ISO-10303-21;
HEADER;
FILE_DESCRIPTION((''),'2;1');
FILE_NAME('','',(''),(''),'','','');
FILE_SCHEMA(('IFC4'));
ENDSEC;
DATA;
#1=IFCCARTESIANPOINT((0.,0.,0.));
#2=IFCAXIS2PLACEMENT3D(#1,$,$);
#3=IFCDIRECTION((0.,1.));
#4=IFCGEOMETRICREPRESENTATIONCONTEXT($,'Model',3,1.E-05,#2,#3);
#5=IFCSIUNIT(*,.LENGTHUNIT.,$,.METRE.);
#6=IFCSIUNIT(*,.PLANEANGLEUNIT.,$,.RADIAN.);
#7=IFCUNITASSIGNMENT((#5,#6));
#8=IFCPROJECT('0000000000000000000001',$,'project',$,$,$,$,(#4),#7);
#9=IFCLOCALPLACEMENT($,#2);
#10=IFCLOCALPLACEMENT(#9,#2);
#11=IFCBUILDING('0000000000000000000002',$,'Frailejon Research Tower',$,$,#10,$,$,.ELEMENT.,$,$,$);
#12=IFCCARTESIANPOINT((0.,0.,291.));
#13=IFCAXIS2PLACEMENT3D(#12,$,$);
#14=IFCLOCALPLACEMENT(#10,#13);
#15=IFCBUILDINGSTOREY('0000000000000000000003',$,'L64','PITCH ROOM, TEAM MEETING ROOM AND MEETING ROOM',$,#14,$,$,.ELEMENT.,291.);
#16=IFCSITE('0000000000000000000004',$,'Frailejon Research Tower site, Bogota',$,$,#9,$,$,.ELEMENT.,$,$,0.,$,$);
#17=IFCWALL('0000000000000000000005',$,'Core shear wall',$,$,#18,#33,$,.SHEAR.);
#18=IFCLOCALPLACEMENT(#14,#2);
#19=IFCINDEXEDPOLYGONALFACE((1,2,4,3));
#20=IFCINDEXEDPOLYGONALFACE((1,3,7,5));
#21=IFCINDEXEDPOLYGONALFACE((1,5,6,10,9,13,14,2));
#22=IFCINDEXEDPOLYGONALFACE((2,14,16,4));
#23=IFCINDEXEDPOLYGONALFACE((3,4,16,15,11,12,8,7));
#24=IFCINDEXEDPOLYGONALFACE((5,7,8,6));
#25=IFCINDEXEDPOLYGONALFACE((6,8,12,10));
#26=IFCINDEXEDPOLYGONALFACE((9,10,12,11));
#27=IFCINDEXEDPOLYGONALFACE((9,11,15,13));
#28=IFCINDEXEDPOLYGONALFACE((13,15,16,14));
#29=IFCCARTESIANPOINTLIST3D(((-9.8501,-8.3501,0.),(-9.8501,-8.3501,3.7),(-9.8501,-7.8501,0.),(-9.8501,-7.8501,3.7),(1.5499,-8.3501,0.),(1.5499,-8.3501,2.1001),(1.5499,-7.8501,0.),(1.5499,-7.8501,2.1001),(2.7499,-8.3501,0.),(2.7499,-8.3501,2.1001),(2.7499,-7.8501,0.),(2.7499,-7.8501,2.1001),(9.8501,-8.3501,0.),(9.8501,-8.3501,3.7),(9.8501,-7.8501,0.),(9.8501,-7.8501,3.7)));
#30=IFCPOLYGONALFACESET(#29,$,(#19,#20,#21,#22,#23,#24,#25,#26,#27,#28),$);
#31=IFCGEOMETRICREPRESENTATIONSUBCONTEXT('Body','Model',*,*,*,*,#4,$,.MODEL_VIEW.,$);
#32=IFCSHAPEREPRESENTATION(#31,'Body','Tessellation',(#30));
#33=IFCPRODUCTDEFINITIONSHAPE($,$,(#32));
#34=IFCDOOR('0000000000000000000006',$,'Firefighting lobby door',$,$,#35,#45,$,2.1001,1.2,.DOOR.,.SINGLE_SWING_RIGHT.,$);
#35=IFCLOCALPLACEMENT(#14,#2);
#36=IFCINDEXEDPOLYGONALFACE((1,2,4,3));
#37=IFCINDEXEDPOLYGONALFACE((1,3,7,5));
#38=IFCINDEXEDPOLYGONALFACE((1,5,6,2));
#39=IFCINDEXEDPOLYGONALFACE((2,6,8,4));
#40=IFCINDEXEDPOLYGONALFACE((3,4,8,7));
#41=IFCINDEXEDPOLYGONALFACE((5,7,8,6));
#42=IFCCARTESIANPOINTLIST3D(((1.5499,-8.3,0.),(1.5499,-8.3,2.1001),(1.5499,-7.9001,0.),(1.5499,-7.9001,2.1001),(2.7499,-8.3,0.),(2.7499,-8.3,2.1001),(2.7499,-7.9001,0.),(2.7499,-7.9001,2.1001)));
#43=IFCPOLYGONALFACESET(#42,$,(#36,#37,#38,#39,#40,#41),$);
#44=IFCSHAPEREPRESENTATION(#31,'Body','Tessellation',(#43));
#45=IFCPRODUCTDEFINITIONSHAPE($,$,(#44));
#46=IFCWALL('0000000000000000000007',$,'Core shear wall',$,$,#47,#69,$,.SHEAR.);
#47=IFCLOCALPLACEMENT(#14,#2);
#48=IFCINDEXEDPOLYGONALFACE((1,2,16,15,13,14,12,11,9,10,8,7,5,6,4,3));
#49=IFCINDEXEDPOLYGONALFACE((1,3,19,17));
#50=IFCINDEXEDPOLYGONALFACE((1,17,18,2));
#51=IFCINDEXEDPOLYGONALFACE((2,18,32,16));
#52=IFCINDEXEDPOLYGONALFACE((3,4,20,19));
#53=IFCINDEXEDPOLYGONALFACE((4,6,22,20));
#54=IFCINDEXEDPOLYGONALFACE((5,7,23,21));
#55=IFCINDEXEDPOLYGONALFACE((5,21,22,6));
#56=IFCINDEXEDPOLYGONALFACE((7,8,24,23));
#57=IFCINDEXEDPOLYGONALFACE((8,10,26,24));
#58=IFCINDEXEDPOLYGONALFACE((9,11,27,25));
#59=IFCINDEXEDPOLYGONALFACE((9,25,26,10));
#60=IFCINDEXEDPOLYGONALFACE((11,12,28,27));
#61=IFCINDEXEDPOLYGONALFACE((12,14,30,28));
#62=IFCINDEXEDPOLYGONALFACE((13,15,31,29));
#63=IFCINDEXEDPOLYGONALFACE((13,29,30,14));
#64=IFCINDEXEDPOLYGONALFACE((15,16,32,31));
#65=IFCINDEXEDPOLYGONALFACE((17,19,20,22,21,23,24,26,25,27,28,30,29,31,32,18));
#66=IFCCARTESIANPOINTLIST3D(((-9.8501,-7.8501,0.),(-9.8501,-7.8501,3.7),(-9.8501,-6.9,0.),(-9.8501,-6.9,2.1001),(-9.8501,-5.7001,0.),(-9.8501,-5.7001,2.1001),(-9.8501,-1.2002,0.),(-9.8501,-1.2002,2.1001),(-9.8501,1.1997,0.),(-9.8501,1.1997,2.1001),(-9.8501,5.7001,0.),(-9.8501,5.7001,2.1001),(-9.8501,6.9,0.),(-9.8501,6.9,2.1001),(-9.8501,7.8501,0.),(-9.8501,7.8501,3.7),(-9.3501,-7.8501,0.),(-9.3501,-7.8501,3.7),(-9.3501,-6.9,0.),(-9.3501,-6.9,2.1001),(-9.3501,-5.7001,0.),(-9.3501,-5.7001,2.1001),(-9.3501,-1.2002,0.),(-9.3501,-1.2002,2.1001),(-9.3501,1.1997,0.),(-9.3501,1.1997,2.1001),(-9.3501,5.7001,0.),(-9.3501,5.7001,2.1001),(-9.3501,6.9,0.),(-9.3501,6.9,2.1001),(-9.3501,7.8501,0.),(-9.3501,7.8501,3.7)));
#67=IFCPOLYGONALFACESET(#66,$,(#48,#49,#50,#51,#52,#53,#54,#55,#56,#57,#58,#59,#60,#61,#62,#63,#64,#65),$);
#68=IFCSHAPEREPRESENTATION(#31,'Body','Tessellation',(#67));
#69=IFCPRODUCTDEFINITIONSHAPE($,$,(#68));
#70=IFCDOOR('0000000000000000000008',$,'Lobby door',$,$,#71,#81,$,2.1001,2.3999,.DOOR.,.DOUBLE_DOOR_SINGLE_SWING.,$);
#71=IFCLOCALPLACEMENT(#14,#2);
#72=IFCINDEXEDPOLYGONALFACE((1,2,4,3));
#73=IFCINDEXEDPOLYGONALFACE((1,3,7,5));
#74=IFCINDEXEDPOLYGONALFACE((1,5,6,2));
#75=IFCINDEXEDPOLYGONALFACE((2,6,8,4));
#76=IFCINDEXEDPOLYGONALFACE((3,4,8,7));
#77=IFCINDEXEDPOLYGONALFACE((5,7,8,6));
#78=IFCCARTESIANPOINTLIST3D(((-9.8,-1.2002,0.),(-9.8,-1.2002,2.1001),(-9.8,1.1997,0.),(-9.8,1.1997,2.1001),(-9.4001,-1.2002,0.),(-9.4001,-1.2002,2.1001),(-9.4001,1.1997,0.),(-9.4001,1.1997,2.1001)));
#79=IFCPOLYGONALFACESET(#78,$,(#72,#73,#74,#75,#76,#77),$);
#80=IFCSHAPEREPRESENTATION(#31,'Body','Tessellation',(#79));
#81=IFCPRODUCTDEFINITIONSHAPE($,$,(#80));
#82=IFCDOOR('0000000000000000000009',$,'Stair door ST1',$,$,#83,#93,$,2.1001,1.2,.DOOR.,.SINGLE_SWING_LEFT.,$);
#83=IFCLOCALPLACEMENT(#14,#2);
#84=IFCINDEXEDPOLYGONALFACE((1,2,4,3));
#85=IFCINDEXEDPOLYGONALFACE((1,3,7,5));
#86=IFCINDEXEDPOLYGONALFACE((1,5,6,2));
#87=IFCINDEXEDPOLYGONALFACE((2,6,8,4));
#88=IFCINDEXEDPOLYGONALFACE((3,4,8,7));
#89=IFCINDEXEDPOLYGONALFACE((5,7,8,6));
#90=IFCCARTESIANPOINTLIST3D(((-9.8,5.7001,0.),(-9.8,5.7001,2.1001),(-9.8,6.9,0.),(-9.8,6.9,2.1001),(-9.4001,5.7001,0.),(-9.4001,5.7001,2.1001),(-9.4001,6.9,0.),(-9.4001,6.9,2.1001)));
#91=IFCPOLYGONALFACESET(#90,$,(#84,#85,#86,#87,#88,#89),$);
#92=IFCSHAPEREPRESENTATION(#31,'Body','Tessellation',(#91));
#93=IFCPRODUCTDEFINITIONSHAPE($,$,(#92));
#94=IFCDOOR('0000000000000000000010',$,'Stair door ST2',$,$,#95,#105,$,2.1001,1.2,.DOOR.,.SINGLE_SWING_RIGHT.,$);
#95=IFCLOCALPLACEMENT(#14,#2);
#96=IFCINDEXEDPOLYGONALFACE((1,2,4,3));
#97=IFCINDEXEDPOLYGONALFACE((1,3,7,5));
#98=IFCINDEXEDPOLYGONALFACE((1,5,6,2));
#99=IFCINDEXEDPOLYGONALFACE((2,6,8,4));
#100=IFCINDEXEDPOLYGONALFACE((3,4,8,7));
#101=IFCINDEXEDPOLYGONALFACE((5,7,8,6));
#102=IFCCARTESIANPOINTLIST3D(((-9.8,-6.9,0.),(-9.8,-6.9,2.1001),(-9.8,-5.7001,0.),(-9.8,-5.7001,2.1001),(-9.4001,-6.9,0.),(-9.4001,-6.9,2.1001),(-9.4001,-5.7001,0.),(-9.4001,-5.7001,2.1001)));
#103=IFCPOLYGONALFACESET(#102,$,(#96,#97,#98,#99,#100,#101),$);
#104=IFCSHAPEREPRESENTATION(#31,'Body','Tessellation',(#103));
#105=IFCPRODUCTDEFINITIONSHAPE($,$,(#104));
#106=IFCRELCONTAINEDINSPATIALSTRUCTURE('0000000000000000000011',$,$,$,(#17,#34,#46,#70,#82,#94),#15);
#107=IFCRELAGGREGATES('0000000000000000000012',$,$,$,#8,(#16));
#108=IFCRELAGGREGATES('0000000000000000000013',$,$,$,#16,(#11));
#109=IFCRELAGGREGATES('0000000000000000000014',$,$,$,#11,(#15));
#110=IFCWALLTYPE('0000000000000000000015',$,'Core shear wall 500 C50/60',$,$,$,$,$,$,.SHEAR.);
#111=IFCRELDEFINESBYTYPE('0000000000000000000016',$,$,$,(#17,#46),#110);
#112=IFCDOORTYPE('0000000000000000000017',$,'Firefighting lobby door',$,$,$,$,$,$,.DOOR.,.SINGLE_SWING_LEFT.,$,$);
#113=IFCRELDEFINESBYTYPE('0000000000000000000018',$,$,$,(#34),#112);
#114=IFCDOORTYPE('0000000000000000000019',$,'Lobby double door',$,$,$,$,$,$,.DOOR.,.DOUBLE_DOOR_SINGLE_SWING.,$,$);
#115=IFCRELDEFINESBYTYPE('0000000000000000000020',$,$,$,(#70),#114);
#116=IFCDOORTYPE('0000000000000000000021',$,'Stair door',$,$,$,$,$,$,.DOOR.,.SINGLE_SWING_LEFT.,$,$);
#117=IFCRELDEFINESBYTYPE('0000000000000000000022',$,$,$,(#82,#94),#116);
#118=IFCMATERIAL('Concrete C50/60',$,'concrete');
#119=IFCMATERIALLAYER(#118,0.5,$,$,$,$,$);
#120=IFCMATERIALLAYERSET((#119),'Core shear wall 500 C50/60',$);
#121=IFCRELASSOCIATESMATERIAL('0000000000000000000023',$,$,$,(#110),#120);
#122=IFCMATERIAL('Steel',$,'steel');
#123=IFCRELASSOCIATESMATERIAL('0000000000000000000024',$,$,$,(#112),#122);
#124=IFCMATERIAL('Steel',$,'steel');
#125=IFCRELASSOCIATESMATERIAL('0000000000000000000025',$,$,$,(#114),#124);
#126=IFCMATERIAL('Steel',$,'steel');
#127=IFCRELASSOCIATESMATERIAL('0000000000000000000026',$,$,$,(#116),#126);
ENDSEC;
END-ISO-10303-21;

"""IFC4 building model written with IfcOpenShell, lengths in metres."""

from ifc_helpers import new_model, si_unit, direction, frame, frame_2d, origin, place, context, subcontext, project, spatial, rectangle, extrude, material, layer, layer_set, type_object, element, fill, save


model = new_model("IFC4")

# Units and contexts
model_context = context("Model", 3, precision=1e-05, world=origin(), true_north=direction((0.0, 1.0)))
body_context = subcontext(model_context, "Body", "Model", "MODEL_VIEW")
ifc_project = project(units=[si_unit("LENGTHUNIT", "METRE"), si_unit("PLANEANGLEUNIT", "RADIAN")], contexts=[model_context])

# Site, building, storey
site_placement = place(None, origin())
site = spatial("IfcSite", under=ifc_project, at=site_placement, Name="Frailejon Research Tower site, Bogota", CompositionType="ELEMENT", RefElevation=0.0)
building_placement = place(site_placement, origin())
building = spatial("IfcBuilding", under=site, at=building_placement, Name="Frailejon Research Tower", CompositionType="ELEMENT")
storey_placement = place(building_placement, frame((0.0, 0.0, 291.0)))
storey = spatial("IfcBuildingStorey", under=building, at=storey_placement, Name="L64", Description="PITCH ROOM, TEAM MEETING ROOM AND MEETING ROOM", CompositionType="ELEMENT", Elevation=291.0)

# Wall, opening, door
ifc_material_1 = material(Name="Concrete C50/60", Category="concrete")
ifc_layer_1 = layer(ifc_material_1, 0.5)
ifc_layer_set_1 = layer_set([ifc_layer_1], Name="Core shear wall 500 C50/60")
wall_type_1 = type_object("IfcWallType", Name="Core shear wall 500 C50/60", PredefinedType="SHEAR", material=ifc_layer_set_1)
wall_1_placement = place(storey_placement, frame((-9.8501, -8.1001, 0.0), z_axis=(0.0, 0.0, 1.0), x_axis=(1.0, 0.0, 0.0)))
wall_1 = element("IfcWall", 1, at=wall_1_placement, inside=storey, type_object=wall_type_1, Name="Core shear wall", PredefinedType="SHEAR", context=body_context, shape_type="SweptSolid", body=[
    extrude(rectangle(XDim=19.7002, YDim=0.5, at=frame_2d((9.8501, 0.0))), origin(), (0.0, 0.0, 1.0), 3.7),
])
opening_1_placement = place(wall_1_placement, frame((11.3999, 0.0, 0.0)))
opening_1 = element("IfcOpeningElement", 2, at=opening_1_placement, cuts=wall_1, PredefinedType="OPENING", context=body_context, shape_type="SweptSolid", body=[
    extrude(rectangle(XDim=1.2, YDim=2.1001, at=frame_2d((0.6001, 1.05))), frame((0.0, 0.26, 0.0), z_axis=(0.0, -1.0, 0.0), x_axis=(1.0, 0.0, 0.0)), (0.0, 0.0, 1.0), 0.52),
])
ifc_material_2 = material(Name="Steel", Category="steel")
door_type_1 = type_object("IfcDoorType", Name="Firefighting lobby door", OperationType="SINGLE_SWING_LEFT", PredefinedType="DOOR", material=ifc_material_2)
door_1_placement = place(opening_1_placement, origin())
door_1 = element("IfcDoor", 3, at=door_1_placement, inside=storey, type_object=door_type_1, Name="Firefighting lobby door", OperationType="SINGLE_SWING_RIGHT", OverallHeight=2.1001, OverallWidth=1.2, PredefinedType="DOOR", context=body_context, shape_type="SweptSolid", body=[
    extrude(rectangle(XDim=1.2, YDim=2.1001, at=frame_2d((0.6001, 1.05))), frame((0.0, 0.2, 0.0), z_axis=(0.0, -1.0, 0.0), x_axis=(1.0, 0.0, 0.0)), (0.0, 0.0, 1.0), 0.3999),
])
fill(opening_1, door_1)

# Wall, openings, doors
wall_2_placement = place(storey_placement, frame((-9.6001, -7.8501, 0.0), z_axis=(0.0, 0.0, 1.0), x_axis=(0.0, 1.0, 0.0)))
wall_2 = element("IfcWall", 4, at=wall_2_placement, inside=storey, type_object=wall_type_1, Name="Core shear wall", PredefinedType="SHEAR", context=body_context, shape_type="SweptSolid", body=[
    extrude(rectangle(XDim=15.7002, YDim=0.5, at=frame_2d((7.8501, 0.0))), origin(), (0.0, 0.0, 1.0), 3.7),
])
opening_2_placement = place(wall_2_placement, frame((6.6499, 0.0, 0.0)))
opening_2 = element("IfcOpeningElement", 5, at=opening_2_placement, cuts=wall_2, PredefinedType="OPENING", context=body_context, shape_type="SweptSolid", body=[
    extrude(rectangle(XDim=2.3999, YDim=2.1001, at=frame_2d((1.2, 1.05))), frame((0.0, 0.26, 0.0), z_axis=(0.0, -1.0, 0.0), x_axis=(1.0, 0.0, 0.0)), (0.0, 0.0, 1.0), 0.52),
])
opening_3_placement = place(wall_2_placement, frame((13.55, 0.0, 0.0)))
opening_3 = element("IfcOpeningElement", 6, at=opening_3_placement, cuts=wall_2, PredefinedType="OPENING", context=body_context, shape_type="SweptSolid", body=[
    extrude(rectangle(XDim=1.2, YDim=2.1001, at=frame_2d((0.6001, 1.05))), frame((0.0, 0.26, 0.0), z_axis=(0.0, -1.0, 0.0), x_axis=(1.0, 0.0, 0.0)), (0.0, 0.0, 1.0), 0.52),
])
opening_4_placement = place(wall_2_placement, frame((0.95, 0.0, 0.0)))
opening_4 = element("IfcOpeningElement", 7, at=opening_4_placement, cuts=wall_2, PredefinedType="OPENING", context=body_context, shape_type="SweptSolid", body=[
    extrude(rectangle(XDim=1.2, YDim=2.1001, at=frame_2d((0.6001, 1.05))), frame((0.0, 0.26, 0.0), z_axis=(0.0, -1.0, 0.0), x_axis=(1.0, 0.0, 0.0)), (0.0, 0.0, 1.0), 0.52),
])
ifc_material_3 = material(Name="Steel", Category="steel")
door_type_2 = type_object("IfcDoorType", Name="Lobby double door", OperationType="DOUBLE_DOOR_SINGLE_SWING", PredefinedType="DOOR", material=ifc_material_3)
door_2_placement = place(opening_2_placement, origin())
door_2 = element("IfcDoor", 8, at=door_2_placement, inside=storey, type_object=door_type_2, Name="Lobby door", OperationType="DOUBLE_DOOR_SINGLE_SWING", OverallHeight=2.1001, OverallWidth=2.3999, PredefinedType="DOOR", context=body_context, shape_type="SweptSolid", body=[
    extrude(rectangle(XDim=2.3999, YDim=2.1001, at=frame_2d((1.2, 1.05))), frame((0.0, 0.2, 0.0), z_axis=(0.0, -1.0, 0.0), x_axis=(1.0, 0.0, 0.0)), (0.0, 0.0, 1.0), 0.3999),
])
fill(opening_2, door_2)
ifc_material_4 = material(Name="Steel", Category="steel")
door_type_3 = type_object("IfcDoorType", Name="Stair door", OperationType="SINGLE_SWING_LEFT", PredefinedType="DOOR", material=ifc_material_4)
door_3_placement = place(opening_3_placement, origin())
door_3 = element("IfcDoor", 9, at=door_3_placement, inside=storey, type_object=door_type_3, Name="Stair door ST1", OperationType="SINGLE_SWING_LEFT", OverallHeight=2.1001, OverallWidth=1.2, PredefinedType="DOOR", context=body_context, shape_type="SweptSolid", body=[
    extrude(rectangle(XDim=1.2, YDim=2.1001, at=frame_2d((0.6001, 1.05))), frame((0.0, 0.2, 0.0), z_axis=(0.0, -1.0, 0.0), x_axis=(1.0, 0.0, 0.0)), (0.0, 0.0, 1.0), 0.3999),
])
fill(opening_3, door_3)
door_4_placement = place(opening_4_placement, origin())
door_4 = element("IfcDoor", 10, at=door_4_placement, inside=storey, type_object=door_type_3, Name="Stair door ST2", OperationType="SINGLE_SWING_RIGHT", OverallHeight=2.1001, OverallWidth=1.2, PredefinedType="DOOR", context=body_context, shape_type="SweptSolid", body=[
    extrude(rectangle(XDim=1.2, YDim=2.1001, at=frame_2d((0.6001, 1.05))), frame((0.0, 0.2, 0.0), z_axis=(0.0, -1.0, 0.0), x_axis=(1.0, 0.0, 0.0)), (0.0, 0.0, 1.0), 0.3999),
])
fill(opening_4, door_4)

save(model, "model.ifc")
